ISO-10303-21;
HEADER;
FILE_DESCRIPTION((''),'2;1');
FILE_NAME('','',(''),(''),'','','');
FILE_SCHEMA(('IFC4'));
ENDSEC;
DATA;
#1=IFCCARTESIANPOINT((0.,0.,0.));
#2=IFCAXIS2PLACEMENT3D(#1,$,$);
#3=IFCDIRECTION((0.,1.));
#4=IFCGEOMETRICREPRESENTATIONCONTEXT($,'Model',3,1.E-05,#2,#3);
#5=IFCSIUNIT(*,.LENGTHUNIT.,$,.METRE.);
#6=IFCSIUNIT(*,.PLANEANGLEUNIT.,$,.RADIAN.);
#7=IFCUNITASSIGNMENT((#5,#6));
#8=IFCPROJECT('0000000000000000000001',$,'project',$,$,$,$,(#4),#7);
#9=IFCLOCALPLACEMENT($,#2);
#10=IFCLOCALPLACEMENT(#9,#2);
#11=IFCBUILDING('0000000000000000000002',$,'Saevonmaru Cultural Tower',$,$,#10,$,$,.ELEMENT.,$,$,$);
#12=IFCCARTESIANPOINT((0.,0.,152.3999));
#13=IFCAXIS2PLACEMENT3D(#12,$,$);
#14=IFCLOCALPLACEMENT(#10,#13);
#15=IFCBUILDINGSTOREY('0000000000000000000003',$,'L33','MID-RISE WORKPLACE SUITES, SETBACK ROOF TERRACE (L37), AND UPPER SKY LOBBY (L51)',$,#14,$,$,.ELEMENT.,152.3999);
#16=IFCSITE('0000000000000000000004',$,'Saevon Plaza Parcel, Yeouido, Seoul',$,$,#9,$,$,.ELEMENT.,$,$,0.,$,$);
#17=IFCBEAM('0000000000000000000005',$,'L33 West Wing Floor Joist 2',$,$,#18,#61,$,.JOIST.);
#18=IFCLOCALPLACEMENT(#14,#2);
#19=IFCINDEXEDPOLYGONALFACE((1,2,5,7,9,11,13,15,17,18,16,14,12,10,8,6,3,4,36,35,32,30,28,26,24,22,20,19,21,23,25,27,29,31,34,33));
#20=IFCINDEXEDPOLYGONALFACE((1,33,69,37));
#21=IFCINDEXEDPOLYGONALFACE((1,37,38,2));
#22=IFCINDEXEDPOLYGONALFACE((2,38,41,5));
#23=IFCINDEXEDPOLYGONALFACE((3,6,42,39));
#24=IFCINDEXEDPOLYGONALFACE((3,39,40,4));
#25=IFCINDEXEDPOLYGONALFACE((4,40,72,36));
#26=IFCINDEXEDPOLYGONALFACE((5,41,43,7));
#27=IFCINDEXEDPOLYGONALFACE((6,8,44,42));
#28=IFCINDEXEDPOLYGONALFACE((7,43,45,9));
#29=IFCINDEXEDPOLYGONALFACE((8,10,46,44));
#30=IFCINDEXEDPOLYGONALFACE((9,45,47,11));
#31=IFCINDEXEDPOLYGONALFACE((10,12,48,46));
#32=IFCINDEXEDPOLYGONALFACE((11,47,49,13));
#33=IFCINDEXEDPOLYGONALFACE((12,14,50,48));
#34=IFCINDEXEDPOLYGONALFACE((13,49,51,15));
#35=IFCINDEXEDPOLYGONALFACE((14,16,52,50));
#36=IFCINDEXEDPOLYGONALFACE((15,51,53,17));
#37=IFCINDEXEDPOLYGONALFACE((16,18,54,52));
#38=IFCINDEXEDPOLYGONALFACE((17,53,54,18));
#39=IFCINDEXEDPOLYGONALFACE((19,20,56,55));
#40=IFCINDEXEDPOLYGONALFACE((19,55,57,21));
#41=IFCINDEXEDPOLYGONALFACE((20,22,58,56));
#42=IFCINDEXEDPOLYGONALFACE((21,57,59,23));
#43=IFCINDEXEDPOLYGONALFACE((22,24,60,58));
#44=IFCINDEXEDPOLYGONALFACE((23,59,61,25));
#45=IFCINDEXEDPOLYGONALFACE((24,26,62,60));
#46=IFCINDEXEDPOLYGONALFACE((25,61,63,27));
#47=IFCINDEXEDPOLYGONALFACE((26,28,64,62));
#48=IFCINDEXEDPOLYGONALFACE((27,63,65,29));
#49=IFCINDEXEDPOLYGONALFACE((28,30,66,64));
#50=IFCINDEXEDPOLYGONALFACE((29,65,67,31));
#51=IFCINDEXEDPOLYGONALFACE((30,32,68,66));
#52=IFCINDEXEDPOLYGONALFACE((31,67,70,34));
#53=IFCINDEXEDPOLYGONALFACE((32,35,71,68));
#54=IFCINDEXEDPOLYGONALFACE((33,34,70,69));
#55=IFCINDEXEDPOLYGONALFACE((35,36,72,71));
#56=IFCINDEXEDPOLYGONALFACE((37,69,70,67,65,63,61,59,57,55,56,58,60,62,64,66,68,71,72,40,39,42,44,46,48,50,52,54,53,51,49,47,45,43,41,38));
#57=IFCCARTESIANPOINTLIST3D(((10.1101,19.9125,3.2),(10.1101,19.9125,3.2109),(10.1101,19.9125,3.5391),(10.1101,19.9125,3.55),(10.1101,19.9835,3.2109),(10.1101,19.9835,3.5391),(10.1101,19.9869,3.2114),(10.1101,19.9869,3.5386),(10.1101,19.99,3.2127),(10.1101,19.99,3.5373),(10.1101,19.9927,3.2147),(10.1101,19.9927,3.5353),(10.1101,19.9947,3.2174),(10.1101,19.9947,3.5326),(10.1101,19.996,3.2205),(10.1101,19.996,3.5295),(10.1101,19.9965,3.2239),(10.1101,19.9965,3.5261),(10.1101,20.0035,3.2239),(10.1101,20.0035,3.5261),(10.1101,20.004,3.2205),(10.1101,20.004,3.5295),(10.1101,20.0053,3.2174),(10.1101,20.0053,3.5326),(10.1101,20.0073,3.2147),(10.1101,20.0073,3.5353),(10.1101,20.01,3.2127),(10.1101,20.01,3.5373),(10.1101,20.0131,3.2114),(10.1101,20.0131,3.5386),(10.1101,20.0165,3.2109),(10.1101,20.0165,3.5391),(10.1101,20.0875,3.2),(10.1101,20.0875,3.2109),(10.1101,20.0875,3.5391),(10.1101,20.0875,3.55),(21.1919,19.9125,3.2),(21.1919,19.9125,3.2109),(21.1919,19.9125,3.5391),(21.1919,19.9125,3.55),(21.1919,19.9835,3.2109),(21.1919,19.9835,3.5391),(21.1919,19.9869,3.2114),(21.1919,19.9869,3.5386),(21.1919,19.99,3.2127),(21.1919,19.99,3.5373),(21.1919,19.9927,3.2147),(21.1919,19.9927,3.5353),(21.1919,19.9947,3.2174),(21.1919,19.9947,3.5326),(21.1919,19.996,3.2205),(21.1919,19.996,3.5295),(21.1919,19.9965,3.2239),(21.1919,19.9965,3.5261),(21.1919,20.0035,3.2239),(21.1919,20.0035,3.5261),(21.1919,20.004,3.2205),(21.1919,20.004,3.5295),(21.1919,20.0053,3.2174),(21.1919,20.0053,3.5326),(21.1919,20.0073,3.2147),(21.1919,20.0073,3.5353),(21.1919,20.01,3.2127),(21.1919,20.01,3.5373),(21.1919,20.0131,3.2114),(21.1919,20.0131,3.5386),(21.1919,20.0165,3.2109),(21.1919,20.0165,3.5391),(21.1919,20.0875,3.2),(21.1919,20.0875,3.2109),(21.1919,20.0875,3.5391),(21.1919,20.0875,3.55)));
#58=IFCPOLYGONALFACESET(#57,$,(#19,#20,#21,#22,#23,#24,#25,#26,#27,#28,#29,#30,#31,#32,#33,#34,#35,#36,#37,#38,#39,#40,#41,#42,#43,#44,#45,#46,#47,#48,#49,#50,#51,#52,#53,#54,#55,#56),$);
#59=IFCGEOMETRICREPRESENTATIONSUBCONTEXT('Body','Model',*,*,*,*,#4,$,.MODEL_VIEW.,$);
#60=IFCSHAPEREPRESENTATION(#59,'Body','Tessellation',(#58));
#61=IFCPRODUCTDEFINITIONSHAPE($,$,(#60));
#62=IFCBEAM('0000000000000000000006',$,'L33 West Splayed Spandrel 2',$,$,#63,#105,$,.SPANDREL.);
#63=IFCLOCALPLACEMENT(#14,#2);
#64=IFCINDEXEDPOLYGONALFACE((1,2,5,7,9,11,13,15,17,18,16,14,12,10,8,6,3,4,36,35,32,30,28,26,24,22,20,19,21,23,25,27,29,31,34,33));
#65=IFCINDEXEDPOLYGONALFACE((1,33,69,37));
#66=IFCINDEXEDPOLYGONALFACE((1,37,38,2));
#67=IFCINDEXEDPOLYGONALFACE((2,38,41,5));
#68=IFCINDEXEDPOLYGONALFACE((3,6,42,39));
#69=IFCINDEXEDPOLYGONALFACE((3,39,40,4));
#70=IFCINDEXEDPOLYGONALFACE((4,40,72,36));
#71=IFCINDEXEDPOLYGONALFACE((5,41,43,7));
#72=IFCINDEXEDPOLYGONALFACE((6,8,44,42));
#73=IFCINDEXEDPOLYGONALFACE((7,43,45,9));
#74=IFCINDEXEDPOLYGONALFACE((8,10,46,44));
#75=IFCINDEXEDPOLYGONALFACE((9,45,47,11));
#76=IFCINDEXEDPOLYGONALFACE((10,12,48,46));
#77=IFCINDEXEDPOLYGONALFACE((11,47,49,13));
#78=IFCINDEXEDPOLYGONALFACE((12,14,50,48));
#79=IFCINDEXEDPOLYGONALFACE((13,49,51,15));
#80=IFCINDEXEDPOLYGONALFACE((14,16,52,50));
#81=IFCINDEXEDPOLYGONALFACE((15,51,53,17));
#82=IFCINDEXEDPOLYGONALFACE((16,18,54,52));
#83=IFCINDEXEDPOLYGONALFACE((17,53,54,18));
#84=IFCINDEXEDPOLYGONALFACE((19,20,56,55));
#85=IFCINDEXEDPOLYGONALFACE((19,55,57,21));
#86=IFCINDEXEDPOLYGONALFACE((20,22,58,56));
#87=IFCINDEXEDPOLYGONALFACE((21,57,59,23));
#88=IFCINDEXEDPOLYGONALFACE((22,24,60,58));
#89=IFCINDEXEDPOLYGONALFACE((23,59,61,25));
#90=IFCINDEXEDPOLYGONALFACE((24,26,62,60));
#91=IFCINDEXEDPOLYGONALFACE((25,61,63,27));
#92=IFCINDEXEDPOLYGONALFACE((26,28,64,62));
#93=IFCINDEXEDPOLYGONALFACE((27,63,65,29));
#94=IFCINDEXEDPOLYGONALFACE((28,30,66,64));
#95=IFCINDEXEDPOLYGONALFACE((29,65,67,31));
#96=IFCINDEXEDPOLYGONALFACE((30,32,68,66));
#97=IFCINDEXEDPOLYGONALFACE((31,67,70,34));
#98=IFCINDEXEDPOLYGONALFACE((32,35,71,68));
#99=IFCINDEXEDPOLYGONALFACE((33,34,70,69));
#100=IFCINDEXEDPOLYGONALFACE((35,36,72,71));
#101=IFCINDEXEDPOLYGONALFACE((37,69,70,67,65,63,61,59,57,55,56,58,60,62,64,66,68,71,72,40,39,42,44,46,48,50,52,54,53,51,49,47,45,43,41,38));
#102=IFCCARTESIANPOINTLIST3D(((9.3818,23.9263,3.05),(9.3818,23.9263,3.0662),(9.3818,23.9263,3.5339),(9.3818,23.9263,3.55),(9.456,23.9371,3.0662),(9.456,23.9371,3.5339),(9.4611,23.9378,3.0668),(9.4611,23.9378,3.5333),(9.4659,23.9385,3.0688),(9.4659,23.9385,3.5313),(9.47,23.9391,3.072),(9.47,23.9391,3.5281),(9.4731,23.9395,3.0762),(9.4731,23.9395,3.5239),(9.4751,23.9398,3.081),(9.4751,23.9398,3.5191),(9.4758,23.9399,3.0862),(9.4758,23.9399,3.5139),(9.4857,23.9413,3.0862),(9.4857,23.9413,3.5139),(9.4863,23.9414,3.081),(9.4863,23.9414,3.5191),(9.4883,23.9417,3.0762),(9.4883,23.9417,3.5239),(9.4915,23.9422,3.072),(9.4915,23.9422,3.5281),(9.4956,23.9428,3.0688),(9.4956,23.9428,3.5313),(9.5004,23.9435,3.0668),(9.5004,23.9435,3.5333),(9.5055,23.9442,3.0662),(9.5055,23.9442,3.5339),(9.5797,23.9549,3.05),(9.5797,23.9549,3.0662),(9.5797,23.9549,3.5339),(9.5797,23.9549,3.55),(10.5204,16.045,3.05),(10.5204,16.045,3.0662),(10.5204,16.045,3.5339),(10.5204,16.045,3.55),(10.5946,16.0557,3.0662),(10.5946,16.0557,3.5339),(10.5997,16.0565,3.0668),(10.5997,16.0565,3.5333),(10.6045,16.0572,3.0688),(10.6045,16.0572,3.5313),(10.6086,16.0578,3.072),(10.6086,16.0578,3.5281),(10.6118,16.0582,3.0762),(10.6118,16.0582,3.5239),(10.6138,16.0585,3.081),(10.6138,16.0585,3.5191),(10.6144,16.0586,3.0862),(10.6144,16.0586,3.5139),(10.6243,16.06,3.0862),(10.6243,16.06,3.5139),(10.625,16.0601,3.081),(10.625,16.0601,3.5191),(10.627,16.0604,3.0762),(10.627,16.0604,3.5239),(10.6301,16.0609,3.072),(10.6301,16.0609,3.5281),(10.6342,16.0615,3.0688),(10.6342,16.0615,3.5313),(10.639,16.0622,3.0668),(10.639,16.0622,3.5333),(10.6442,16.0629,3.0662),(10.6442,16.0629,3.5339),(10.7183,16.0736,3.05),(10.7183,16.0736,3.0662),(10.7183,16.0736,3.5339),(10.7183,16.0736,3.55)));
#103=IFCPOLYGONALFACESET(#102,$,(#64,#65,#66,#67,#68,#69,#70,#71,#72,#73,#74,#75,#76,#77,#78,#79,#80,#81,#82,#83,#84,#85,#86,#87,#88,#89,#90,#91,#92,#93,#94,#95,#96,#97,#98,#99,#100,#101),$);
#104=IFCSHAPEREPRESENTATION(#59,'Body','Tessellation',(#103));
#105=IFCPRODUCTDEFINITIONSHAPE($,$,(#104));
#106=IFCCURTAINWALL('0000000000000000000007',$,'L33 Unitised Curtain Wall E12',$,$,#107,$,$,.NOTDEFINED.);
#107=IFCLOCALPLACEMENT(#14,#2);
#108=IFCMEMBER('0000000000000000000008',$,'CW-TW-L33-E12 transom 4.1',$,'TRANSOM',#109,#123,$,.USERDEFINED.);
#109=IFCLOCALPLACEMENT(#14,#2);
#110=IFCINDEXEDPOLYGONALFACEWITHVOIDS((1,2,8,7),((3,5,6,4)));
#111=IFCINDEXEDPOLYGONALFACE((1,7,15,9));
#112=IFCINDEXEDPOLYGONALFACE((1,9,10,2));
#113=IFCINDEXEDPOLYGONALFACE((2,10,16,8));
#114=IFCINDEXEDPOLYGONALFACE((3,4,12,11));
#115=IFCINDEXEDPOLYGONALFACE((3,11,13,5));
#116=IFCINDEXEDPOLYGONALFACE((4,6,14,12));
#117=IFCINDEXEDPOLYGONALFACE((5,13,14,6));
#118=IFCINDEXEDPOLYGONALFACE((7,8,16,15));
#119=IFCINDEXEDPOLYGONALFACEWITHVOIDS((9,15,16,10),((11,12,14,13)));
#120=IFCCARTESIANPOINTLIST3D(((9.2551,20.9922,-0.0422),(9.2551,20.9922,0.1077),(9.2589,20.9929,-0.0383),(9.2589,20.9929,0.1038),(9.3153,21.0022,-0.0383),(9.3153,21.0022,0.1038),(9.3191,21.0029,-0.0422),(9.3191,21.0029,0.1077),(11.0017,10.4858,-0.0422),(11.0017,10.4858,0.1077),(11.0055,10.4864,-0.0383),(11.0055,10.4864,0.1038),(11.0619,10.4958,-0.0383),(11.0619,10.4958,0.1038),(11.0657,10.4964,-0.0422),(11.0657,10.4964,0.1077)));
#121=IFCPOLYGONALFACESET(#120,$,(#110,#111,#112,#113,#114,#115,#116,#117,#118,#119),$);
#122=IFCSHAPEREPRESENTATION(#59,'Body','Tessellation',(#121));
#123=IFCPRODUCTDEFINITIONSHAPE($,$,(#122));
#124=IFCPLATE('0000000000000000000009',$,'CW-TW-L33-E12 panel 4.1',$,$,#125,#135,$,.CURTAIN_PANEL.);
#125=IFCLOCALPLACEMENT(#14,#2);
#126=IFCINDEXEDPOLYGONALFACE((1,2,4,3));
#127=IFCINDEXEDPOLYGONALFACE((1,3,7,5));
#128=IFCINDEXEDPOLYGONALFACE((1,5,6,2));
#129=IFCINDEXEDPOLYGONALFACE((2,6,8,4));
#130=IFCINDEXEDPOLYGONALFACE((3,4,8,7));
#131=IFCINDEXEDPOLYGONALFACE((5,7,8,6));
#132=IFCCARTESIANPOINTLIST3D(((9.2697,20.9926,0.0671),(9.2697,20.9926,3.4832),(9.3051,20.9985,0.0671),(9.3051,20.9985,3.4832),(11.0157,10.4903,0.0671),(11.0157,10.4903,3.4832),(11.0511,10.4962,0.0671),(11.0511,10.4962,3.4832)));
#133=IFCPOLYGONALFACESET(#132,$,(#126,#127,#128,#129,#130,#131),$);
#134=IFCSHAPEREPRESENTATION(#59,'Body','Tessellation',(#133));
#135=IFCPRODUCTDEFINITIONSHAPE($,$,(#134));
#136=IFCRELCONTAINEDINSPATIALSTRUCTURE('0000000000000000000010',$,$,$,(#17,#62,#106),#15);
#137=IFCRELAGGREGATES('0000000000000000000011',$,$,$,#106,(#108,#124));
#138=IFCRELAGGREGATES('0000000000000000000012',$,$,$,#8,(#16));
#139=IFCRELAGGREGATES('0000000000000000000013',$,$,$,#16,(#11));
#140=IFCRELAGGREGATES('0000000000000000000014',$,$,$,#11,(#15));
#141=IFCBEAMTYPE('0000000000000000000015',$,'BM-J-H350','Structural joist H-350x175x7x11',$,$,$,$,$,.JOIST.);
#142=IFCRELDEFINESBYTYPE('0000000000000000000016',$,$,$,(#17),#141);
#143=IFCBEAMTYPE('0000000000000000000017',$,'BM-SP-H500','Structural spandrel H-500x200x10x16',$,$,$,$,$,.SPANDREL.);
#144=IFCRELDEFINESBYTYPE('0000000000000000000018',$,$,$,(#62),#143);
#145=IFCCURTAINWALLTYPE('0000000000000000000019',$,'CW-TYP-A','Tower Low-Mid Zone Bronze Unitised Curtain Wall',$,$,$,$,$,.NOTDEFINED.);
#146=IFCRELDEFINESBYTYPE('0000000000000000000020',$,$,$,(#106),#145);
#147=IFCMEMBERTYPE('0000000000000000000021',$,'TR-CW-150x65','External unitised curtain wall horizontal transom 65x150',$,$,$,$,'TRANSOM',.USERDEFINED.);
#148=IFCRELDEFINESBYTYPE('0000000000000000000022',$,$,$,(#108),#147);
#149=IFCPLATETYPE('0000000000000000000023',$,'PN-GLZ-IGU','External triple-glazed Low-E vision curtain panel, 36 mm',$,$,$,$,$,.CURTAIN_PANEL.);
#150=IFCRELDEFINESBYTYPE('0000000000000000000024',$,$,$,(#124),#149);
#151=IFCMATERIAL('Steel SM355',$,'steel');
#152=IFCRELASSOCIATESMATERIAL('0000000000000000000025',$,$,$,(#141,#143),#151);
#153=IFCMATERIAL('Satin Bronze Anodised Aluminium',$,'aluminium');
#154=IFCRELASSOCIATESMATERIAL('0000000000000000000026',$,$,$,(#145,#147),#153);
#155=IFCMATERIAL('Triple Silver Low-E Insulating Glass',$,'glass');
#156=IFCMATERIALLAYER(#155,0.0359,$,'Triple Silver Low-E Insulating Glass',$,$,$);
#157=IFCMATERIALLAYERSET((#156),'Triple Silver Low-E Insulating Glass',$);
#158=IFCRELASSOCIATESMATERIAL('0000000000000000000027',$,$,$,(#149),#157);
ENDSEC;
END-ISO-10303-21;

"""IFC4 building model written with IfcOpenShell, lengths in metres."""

from ifc_helpers import new_model, si_unit, direction, frame, origin, origin_2d, place, context, subcontext, project, spatial, rectangle, hollow_rectangle, i_section, extrude, material, layer, layer_set, material_profile, profile_set, type_object, element, aggregate, save


model = new_model("IFC4")

# Units and contexts
model_context = context("Model", 3, precision=1e-05, world=origin(), true_north=direction((0.0, 1.0)))
body_context = subcontext(model_context, "Body", "Model", "MODEL_VIEW")
ifc_project = project(units=[si_unit("LENGTHUNIT", "METRE"), si_unit("PLANEANGLEUNIT", "RADIAN")], contexts=[model_context])

# Site, building, storey
site_placement = place(None, origin())
site = spatial("IfcSite", under=ifc_project, at=site_placement, Name="Saevon Plaza Parcel, Yeouido, Seoul", CompositionType="ELEMENT", RefElevation=0.0)
building_placement = place(site_placement, origin())
building = spatial("IfcBuilding", under=site, at=building_placement, Name="Saevonmaru Cultural Tower", CompositionType="ELEMENT")
storey_placement = place(building_placement, frame((0.0, 0.0, 152.3999)))
storey = spatial("IfcBuildingStorey", under=building, at=storey_placement, Name="L33", Description="MID-RISE WORKPLACE SUITES, SETBACK ROOF TERRACE (L37), AND UPPER SKY LOBBY (L51)", CompositionType="ELEMENT", Elevation=152.3999)

# Beams
ifc_material_1 = material(Name="Steel SM355", Category="steel")
ifc_material_profile_1 = material_profile(ifc_material_1, i_section(OverallWidth=0.175, OverallDepth=0.3501, WebThickness=0.0071, FlangeThickness=0.011, FilletRadius=0.0129, at=origin_2d()), Name="H-350x175x7x11")
ifc_profile_set_1 = profile_set([ifc_material_profile_1], Name="Steel SM355")
beam_type_1 = type_object("IfcBeamType", Name="BM-J-H350", Description="Structural joist H-350x175x7x11", PredefinedType="JOIST", material=ifc_profile_set_1)
beam_1_placement = place(storey_placement, frame((10.1101, 20.0, 3.375), z_axis=(1.0, 0.0, 0.0), x_axis=(0.0, 1.0, 0.0)))
element("IfcBeam", 1, at=beam_1_placement, inside=storey, type_object=beam_type_1, Name="L33 West Wing Floor Joist 2", PredefinedType="JOIST", context=body_context, shape_type="SweptSolid", body=[
    extrude(i_section(OverallWidth=0.175, OverallDepth=0.3501, WebThickness=0.0071, FlangeThickness=0.011, FilletRadius=0.0129, at=origin_2d()), origin(), (0.0, 0.0, 1.0), 11.0818),
])
ifc_material_profile_2 = material_profile(ifc_material_1, i_section(OverallWidth=0.2, OverallDepth=0.5, WebThickness=0.01, FlangeThickness=0.0161, FilletRadius=0.02, at=origin_2d()), Name="H-500x200x10x16")
ifc_profile_set_2 = profile_set([ifc_material_profile_2], Name="Steel SM355")
beam_type_2 = type_object("IfcBeamType", Name="BM-SP-H500", Description="Structural spandrel H-500x200x10x16", PredefinedType="SPANDREL", material=ifc_profile_set_2)
beam_2_placement = place(storey_placement, frame((10.6194, 16.0593, 3.3), z_axis=(-0.142992, 0.989724, 0.0), x_axis=(-0.989724, -0.142992, 0.0)))
element("IfcBeam", 2, at=beam_2_placement, inside=storey, type_object=beam_type_2, Name="L33 West Splayed Spandrel 2", PredefinedType="SPANDREL", context=body_context, shape_type="SweptSolid", body=[
    extrude(i_section(OverallWidth=0.2, OverallDepth=0.5, WebThickness=0.01, FlangeThickness=0.0161, FilletRadius=0.02, at=origin_2d()), origin(), (0.0, 0.0, 1.0), 7.9631),
])

# Curtain wall, member, plate
ifc_material_2 = material(Name="Satin Bronze Anodised Aluminium", Category="aluminium")
curtain_wall_type = type_object("IfcCurtainWallType", Name="CW-TYP-A", Description="Tower Low-Mid Zone Bronze Unitised Curtain Wall", PredefinedType="NOTDEFINED", material=ifc_material_2)
curtain_wall_placement = place(storey_placement, origin())
curtain_wall = element("IfcCurtainWall", 3, at=curtain_wall_placement, inside=storey, type_object=curtain_wall_type, Name="L33 Unitised Curtain Wall E12", PredefinedType="NOTDEFINED")
ifc_material_profile_3 = material_profile(ifc_material_2, hollow_rectangle(XDim=0.0649, YDim=0.1499, WallThickness=0.0039, at=origin_2d()), Name="ALU-TRAN-150x65x4")
ifc_profile_set_3 = profile_set([ifc_material_profile_3], Name="Satin Bronze Anodised Aluminium")
member_type = type_object("IfcMemberType", Name="TR-CW-150x65", Description="External unitised curtain wall horizontal transom 65x150", ElementType="TRANSOM", PredefinedType="USERDEFINED", material=ifc_profile_set_3)
member_placement = place(storey_placement, frame((9.2871, 20.9976, 0.0327), z_axis=(0.16399, -0.986462, 0.0), x_axis=(0.986462, 0.16399, 0.0)))
member = element("IfcMember", 4, at=member_placement, type_object=member_type, Name="CW-TW-L33-E12 transom 4.1", ObjectType="TRANSOM", PredefinedType="USERDEFINED", context=body_context, shape_type="SweptSolid", body=[
    extrude(hollow_rectangle(XDim=0.0649, YDim=0.1499, WallThickness=0.0039, at=origin_2d()), origin(), (0.0, 0.0, 1.0), 10.6506),
])
ifc_material_3 = material(Name="Triple Silver Low-E Insulating Glass", Category="glass")
ifc_layer_1 = layer(ifc_material_3, 0.0359, Name="Triple Silver Low-E Insulating Glass")
ifc_layer_set_1 = layer_set([ifc_layer_1], Name="Triple Silver Low-E Insulating Glass")
plate_type = type_object("IfcPlateType", Name="PN-GLZ-IGU", Description="External triple-glazed Low-E vision curtain panel, 36 mm", PredefinedType="CURTAIN_PANEL", material=ifc_layer_set_1)
plate_placement = place(storey_placement, frame((10.1604, 15.7444, 0.0671), z_axis=(0.0, 0.0, 1.0), x_axis=(0.163999, -0.986461, 0.0)))
plate = element("IfcPlate", 5, at=plate_placement, type_object=plate_type, Name="CW-TW-L33-E12 panel 4.1", PredefinedType="CURTAIN_PANEL", context=body_context, shape_type="SweptSolid", body=[
    extrude(rectangle(XDim=10.6465, YDim=0.0359, at=origin_2d()), origin(), (0.0, 0.0, 1.0), 3.416),
])
aggregate(curtain_wall, [member, plate])

save(model, "model.ifc")
